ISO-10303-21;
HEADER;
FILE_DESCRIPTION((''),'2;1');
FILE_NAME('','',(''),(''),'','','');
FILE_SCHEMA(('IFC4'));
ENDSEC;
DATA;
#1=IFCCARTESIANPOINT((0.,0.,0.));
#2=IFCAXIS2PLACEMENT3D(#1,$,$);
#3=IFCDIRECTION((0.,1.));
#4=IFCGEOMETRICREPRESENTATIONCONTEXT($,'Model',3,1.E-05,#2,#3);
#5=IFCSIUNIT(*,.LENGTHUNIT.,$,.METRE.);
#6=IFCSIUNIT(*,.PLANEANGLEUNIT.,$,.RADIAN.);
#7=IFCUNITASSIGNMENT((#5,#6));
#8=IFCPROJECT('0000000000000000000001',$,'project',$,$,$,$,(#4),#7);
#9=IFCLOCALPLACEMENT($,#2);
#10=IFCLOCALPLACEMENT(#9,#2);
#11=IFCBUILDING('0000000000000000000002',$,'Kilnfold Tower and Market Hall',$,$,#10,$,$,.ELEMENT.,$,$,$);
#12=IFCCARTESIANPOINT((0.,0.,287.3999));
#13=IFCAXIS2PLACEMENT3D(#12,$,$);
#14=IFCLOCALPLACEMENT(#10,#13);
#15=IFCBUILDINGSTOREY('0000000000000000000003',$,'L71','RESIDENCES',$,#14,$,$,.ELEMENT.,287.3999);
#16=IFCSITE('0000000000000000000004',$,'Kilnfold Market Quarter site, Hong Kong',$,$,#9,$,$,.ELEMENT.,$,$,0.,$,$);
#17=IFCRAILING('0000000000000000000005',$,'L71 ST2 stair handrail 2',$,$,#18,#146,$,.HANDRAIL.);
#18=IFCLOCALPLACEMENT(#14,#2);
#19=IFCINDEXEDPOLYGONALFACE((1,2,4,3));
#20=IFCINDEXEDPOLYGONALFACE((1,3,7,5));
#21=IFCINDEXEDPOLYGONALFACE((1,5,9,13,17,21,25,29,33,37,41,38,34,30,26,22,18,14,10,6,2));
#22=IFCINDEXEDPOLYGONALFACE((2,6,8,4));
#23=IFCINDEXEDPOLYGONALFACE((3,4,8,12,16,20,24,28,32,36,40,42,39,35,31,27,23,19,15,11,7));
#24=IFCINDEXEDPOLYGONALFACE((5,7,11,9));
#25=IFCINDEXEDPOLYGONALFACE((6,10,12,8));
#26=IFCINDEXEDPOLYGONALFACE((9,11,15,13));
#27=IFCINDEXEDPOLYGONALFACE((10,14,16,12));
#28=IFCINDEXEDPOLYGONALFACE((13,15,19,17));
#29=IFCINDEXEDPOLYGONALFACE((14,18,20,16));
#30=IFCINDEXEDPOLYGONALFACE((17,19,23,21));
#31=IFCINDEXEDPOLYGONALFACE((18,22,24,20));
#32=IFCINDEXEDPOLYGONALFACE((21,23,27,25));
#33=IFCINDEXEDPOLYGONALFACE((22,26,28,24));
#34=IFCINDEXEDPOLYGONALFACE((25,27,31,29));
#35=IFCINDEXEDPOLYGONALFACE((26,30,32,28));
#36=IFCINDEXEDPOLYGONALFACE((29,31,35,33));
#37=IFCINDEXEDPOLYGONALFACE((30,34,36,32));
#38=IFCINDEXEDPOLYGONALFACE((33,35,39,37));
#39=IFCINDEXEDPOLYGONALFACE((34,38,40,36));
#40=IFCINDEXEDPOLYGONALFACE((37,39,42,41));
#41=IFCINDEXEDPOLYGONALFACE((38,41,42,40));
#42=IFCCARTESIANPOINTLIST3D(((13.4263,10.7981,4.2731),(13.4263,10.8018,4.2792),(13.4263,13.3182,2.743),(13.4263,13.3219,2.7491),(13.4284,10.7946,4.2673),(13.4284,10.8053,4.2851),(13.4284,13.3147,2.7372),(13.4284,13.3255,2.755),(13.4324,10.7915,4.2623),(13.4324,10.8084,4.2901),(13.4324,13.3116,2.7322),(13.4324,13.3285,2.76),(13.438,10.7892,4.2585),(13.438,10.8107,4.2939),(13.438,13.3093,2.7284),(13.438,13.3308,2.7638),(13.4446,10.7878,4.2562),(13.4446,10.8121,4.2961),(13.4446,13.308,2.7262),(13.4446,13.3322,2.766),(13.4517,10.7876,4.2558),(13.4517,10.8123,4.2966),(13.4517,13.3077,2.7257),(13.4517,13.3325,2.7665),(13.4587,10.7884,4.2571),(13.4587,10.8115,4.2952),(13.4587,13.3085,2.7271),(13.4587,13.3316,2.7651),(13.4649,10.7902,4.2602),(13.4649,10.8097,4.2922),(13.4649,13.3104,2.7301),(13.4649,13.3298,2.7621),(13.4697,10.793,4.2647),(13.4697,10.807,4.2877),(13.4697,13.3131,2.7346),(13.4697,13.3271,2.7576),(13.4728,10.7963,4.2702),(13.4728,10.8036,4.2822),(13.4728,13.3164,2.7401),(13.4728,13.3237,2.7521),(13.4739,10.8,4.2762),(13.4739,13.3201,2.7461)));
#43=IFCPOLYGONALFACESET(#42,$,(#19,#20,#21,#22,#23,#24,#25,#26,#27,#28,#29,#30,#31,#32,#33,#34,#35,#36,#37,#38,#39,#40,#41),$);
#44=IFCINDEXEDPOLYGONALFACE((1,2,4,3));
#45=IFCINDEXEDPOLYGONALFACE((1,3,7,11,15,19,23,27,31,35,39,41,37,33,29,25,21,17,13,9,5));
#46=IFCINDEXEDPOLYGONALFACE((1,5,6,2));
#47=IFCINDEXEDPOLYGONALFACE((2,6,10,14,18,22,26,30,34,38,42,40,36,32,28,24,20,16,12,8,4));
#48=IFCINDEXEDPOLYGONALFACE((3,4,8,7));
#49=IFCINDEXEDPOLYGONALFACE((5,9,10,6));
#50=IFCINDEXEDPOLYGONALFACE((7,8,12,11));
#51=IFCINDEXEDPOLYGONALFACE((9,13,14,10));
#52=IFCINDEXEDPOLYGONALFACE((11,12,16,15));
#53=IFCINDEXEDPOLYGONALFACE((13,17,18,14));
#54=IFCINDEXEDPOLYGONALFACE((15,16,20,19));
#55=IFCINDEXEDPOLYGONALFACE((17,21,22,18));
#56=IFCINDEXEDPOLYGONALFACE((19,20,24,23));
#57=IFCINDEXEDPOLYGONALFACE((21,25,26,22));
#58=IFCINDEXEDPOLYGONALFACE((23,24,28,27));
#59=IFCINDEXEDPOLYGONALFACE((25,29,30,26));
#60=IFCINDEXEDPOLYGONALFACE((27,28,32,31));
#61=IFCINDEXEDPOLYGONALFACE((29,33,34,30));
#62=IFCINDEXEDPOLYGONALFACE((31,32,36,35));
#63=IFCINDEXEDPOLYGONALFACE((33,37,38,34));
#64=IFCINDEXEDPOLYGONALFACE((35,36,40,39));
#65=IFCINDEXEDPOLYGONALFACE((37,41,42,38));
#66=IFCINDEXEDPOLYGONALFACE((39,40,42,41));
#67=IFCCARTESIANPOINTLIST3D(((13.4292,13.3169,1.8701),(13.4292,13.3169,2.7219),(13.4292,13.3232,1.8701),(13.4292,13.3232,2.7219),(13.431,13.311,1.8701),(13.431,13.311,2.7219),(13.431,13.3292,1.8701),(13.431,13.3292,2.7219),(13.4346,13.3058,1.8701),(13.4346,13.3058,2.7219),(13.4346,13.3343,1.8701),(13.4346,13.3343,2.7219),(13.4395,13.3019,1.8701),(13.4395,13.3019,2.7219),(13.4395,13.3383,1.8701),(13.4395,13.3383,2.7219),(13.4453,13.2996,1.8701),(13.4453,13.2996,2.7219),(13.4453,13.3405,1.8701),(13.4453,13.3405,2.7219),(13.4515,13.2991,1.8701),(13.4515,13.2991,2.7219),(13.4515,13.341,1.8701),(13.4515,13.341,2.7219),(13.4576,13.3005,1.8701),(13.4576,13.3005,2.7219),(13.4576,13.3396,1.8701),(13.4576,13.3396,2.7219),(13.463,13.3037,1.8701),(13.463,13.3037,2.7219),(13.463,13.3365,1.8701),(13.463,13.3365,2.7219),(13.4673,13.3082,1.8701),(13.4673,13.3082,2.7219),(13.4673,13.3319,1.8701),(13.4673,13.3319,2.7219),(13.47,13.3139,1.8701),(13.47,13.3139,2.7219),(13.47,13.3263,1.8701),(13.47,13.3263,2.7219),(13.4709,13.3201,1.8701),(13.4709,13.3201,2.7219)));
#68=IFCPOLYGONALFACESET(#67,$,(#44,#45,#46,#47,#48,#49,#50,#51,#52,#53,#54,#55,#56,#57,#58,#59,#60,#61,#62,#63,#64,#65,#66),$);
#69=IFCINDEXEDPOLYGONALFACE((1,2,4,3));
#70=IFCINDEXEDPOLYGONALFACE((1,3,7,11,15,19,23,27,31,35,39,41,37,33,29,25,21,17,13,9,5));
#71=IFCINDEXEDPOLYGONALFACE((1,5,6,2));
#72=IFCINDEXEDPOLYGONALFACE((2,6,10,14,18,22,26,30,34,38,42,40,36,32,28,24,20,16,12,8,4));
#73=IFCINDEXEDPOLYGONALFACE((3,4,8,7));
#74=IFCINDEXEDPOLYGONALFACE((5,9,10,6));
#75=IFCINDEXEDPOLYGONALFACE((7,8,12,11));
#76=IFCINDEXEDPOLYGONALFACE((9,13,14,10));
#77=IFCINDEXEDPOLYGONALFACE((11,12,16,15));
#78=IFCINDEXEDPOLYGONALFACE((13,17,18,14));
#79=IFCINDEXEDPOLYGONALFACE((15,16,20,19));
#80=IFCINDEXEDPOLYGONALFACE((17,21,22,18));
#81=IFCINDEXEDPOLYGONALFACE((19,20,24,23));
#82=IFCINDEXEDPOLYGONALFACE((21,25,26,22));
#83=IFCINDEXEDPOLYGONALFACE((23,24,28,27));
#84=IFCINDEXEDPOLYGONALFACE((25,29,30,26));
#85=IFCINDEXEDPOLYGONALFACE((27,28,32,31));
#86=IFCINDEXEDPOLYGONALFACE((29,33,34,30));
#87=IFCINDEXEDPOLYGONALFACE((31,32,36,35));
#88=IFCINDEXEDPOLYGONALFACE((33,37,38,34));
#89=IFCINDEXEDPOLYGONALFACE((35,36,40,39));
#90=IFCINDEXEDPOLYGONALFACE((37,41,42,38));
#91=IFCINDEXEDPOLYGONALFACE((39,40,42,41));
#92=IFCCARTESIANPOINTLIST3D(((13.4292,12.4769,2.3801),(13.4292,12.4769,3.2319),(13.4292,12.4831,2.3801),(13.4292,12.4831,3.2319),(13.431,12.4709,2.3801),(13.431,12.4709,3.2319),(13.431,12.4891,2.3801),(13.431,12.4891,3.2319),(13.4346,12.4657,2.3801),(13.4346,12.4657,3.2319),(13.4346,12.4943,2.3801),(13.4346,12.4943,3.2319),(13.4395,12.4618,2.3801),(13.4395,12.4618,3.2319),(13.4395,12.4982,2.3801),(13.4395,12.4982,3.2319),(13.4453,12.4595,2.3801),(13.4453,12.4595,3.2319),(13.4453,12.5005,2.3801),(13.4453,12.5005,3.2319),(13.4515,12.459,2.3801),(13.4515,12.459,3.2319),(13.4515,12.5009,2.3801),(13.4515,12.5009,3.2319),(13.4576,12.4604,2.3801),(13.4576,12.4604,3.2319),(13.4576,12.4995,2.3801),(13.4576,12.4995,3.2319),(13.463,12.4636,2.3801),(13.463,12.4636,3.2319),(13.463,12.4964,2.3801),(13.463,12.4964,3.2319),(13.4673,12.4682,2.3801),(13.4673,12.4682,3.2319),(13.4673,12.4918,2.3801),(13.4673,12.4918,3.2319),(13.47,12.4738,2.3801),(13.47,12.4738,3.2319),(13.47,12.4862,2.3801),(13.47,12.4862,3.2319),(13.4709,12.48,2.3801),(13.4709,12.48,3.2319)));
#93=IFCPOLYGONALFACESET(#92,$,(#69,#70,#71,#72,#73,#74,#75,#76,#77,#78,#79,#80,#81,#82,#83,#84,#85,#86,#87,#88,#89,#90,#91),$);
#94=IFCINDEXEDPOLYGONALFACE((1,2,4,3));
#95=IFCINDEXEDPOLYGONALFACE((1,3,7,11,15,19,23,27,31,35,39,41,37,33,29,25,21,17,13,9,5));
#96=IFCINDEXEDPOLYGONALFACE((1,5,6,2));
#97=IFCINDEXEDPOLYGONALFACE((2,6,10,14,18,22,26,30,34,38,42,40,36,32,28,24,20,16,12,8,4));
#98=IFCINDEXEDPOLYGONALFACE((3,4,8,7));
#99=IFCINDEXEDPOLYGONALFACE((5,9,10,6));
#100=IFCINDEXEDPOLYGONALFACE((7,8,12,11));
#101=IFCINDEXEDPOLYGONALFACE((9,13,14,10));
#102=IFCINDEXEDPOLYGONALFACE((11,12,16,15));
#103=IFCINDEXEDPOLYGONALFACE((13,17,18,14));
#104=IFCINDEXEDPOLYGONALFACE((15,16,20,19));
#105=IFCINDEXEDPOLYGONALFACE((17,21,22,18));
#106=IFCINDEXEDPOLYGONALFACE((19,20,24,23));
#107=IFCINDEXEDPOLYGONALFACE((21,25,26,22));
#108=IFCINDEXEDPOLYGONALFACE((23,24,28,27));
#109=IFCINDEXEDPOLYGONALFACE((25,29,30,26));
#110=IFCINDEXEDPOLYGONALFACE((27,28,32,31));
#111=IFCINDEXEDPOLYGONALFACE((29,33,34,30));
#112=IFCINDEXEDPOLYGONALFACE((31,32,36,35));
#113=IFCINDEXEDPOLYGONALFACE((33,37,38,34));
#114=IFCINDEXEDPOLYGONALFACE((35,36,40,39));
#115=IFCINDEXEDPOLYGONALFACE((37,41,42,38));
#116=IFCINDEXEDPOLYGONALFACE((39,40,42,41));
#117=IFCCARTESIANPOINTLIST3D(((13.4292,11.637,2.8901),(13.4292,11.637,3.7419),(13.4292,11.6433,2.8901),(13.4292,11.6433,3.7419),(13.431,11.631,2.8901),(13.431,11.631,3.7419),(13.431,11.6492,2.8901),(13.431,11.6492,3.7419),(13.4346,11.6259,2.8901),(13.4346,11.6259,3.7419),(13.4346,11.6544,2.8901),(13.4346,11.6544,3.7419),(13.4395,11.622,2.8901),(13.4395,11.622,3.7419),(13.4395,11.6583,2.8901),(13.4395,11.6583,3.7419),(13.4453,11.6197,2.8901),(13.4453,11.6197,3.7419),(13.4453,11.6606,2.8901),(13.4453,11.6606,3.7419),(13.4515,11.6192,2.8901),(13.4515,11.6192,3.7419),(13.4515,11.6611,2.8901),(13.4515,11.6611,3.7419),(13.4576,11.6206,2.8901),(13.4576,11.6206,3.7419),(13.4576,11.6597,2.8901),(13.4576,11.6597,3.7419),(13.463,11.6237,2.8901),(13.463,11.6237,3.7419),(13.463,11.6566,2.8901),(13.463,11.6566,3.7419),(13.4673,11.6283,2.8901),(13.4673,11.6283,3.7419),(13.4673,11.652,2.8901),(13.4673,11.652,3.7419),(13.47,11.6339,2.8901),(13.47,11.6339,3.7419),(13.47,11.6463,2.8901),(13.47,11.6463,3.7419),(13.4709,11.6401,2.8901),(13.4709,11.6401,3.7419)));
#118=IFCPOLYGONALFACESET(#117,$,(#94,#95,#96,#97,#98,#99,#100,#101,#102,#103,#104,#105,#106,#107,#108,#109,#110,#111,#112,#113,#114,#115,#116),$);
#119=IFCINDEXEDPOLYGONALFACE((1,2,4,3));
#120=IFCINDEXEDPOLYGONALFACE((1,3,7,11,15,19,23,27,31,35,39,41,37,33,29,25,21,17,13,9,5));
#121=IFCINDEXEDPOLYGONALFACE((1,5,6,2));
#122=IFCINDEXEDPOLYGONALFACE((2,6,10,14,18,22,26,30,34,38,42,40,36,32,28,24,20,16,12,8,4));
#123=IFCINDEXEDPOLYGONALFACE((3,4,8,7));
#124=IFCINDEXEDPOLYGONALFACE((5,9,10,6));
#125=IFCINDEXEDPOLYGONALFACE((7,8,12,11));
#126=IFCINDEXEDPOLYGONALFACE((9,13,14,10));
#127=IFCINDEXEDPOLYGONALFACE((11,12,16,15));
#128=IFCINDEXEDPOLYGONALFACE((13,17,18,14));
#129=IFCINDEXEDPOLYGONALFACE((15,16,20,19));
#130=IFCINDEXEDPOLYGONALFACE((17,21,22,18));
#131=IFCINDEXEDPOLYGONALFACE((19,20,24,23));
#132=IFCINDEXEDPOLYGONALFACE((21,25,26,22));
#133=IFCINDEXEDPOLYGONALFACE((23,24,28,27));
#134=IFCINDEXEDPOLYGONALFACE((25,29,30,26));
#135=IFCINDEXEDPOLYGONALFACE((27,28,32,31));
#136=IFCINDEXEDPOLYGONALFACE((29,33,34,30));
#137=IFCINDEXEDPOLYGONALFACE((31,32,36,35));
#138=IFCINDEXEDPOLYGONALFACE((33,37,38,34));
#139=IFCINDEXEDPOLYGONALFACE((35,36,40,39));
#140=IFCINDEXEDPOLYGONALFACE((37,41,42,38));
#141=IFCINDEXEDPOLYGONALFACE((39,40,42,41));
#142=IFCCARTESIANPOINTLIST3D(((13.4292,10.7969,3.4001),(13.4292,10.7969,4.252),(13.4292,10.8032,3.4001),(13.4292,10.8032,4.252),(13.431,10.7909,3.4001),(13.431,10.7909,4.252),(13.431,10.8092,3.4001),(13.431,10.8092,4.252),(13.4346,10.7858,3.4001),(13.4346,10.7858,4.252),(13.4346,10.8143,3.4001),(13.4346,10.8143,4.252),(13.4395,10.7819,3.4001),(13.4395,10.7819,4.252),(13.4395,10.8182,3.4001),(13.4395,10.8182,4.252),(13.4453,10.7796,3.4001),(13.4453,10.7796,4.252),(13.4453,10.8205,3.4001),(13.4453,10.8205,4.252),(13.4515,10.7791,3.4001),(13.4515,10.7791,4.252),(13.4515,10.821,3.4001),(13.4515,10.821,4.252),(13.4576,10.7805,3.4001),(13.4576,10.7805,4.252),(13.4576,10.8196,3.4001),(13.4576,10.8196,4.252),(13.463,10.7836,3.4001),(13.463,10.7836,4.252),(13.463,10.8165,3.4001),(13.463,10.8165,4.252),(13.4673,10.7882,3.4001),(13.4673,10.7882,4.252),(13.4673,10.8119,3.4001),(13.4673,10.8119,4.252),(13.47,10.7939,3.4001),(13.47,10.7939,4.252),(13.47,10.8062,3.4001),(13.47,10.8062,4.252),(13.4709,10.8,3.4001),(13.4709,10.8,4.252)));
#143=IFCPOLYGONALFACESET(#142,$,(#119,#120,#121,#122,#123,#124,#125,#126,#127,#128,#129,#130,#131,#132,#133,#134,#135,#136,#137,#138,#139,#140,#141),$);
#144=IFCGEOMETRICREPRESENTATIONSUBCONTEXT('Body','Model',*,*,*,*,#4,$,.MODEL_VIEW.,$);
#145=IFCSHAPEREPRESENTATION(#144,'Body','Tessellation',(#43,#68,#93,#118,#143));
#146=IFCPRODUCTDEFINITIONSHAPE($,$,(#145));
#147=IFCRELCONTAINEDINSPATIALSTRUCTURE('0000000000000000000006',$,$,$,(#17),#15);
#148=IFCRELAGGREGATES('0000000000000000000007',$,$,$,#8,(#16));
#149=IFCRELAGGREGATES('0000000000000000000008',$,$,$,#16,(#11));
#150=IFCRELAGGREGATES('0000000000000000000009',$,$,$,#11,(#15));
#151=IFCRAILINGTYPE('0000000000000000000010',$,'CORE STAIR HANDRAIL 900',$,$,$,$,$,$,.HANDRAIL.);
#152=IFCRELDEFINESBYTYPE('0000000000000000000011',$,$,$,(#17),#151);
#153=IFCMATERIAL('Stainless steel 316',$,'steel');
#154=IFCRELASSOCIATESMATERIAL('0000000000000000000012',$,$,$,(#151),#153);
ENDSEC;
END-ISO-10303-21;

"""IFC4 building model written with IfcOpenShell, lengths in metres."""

from ifc_helpers import new_model, si_unit, direction, frame, origin, origin_2d, place, context, subcontext, project, spatial, circle, extrude, material, type_object, element, save


model = new_model("IFC4")

# Units and contexts
model_context = context("Model", 3, precision=1e-05, world=origin(), true_north=direction((0.0, 1.0)))
body_context = subcontext(model_context, "Body", "Model", "MODEL_VIEW")
ifc_project = project(units=[si_unit("LENGTHUNIT", "METRE"), si_unit("PLANEANGLEUNIT", "RADIAN")], contexts=[model_context])

# Site, building, storey
site_placement = place(None, origin())
site = spatial("IfcSite", under=ifc_project, at=site_placement, Name="Kilnfold Market Quarter site, Hong Kong", CompositionType="ELEMENT", RefElevation=0.0)
building_placement = place(site_placement, origin())
building = spatial("IfcBuilding", under=site, at=building_placement, Name="Kilnfold Tower and Market Hall", CompositionType="ELEMENT")
storey_placement = place(building_placement, frame((0.0, 0.0, 287.3999)))
storey = spatial("IfcBuildingStorey", under=building, at=storey_placement, Name="L71", Description="RESIDENCES", CompositionType="ELEMENT", Elevation=287.3999)

# Railing
ifc_material_1 = material(Name="Stainless steel 316", Category="steel")
railing_type_1 = type_object("IfcRailingType", Name="CORE STAIR HANDRAIL 900", PredefinedType="HANDRAIL", material=ifc_material_1)
railing_1_placement = place(storey_placement, frame((13.45, 13.3201, 1.8701)))
element("IfcRailing", 1, at=railing_1_placement, inside=storey, type_object=railing_type_1, Name="L71 ST2 stair handrail 2", PredefinedType="HANDRAIL", context=body_context, shape_type="SweptSolid", body=[
    extrude(circle(Radius=0.0239, at=origin_2d()), frame((0.0, 0.0, 0.876), z_axis=(0.0, -0.854785, 0.518982), x_axis=(1.0, 0.0, 0.0)), (0.0, 0.0, 1.0), 2.9482),
    extrude(circle(Radius=0.021, at=origin_2d()), origin(), (0.0, 0.0, 1.0), 0.8518),
    extrude(circle(Radius=0.021, at=origin_2d()), frame((0.0, -0.8401, 0.51)), (0.0, 0.0, 1.0), 0.8518),
    extrude(circle(Radius=0.021, at=origin_2d()), frame((0.0, -1.6799, 1.02)), (0.0, 0.0, 1.0), 0.8518),
    extrude(circle(Radius=0.021, at=origin_2d()), frame((0.0, -2.52, 1.53)), (0.0, 0.0, 1.0), 0.8518),
])

save(model, "model.ifc")
